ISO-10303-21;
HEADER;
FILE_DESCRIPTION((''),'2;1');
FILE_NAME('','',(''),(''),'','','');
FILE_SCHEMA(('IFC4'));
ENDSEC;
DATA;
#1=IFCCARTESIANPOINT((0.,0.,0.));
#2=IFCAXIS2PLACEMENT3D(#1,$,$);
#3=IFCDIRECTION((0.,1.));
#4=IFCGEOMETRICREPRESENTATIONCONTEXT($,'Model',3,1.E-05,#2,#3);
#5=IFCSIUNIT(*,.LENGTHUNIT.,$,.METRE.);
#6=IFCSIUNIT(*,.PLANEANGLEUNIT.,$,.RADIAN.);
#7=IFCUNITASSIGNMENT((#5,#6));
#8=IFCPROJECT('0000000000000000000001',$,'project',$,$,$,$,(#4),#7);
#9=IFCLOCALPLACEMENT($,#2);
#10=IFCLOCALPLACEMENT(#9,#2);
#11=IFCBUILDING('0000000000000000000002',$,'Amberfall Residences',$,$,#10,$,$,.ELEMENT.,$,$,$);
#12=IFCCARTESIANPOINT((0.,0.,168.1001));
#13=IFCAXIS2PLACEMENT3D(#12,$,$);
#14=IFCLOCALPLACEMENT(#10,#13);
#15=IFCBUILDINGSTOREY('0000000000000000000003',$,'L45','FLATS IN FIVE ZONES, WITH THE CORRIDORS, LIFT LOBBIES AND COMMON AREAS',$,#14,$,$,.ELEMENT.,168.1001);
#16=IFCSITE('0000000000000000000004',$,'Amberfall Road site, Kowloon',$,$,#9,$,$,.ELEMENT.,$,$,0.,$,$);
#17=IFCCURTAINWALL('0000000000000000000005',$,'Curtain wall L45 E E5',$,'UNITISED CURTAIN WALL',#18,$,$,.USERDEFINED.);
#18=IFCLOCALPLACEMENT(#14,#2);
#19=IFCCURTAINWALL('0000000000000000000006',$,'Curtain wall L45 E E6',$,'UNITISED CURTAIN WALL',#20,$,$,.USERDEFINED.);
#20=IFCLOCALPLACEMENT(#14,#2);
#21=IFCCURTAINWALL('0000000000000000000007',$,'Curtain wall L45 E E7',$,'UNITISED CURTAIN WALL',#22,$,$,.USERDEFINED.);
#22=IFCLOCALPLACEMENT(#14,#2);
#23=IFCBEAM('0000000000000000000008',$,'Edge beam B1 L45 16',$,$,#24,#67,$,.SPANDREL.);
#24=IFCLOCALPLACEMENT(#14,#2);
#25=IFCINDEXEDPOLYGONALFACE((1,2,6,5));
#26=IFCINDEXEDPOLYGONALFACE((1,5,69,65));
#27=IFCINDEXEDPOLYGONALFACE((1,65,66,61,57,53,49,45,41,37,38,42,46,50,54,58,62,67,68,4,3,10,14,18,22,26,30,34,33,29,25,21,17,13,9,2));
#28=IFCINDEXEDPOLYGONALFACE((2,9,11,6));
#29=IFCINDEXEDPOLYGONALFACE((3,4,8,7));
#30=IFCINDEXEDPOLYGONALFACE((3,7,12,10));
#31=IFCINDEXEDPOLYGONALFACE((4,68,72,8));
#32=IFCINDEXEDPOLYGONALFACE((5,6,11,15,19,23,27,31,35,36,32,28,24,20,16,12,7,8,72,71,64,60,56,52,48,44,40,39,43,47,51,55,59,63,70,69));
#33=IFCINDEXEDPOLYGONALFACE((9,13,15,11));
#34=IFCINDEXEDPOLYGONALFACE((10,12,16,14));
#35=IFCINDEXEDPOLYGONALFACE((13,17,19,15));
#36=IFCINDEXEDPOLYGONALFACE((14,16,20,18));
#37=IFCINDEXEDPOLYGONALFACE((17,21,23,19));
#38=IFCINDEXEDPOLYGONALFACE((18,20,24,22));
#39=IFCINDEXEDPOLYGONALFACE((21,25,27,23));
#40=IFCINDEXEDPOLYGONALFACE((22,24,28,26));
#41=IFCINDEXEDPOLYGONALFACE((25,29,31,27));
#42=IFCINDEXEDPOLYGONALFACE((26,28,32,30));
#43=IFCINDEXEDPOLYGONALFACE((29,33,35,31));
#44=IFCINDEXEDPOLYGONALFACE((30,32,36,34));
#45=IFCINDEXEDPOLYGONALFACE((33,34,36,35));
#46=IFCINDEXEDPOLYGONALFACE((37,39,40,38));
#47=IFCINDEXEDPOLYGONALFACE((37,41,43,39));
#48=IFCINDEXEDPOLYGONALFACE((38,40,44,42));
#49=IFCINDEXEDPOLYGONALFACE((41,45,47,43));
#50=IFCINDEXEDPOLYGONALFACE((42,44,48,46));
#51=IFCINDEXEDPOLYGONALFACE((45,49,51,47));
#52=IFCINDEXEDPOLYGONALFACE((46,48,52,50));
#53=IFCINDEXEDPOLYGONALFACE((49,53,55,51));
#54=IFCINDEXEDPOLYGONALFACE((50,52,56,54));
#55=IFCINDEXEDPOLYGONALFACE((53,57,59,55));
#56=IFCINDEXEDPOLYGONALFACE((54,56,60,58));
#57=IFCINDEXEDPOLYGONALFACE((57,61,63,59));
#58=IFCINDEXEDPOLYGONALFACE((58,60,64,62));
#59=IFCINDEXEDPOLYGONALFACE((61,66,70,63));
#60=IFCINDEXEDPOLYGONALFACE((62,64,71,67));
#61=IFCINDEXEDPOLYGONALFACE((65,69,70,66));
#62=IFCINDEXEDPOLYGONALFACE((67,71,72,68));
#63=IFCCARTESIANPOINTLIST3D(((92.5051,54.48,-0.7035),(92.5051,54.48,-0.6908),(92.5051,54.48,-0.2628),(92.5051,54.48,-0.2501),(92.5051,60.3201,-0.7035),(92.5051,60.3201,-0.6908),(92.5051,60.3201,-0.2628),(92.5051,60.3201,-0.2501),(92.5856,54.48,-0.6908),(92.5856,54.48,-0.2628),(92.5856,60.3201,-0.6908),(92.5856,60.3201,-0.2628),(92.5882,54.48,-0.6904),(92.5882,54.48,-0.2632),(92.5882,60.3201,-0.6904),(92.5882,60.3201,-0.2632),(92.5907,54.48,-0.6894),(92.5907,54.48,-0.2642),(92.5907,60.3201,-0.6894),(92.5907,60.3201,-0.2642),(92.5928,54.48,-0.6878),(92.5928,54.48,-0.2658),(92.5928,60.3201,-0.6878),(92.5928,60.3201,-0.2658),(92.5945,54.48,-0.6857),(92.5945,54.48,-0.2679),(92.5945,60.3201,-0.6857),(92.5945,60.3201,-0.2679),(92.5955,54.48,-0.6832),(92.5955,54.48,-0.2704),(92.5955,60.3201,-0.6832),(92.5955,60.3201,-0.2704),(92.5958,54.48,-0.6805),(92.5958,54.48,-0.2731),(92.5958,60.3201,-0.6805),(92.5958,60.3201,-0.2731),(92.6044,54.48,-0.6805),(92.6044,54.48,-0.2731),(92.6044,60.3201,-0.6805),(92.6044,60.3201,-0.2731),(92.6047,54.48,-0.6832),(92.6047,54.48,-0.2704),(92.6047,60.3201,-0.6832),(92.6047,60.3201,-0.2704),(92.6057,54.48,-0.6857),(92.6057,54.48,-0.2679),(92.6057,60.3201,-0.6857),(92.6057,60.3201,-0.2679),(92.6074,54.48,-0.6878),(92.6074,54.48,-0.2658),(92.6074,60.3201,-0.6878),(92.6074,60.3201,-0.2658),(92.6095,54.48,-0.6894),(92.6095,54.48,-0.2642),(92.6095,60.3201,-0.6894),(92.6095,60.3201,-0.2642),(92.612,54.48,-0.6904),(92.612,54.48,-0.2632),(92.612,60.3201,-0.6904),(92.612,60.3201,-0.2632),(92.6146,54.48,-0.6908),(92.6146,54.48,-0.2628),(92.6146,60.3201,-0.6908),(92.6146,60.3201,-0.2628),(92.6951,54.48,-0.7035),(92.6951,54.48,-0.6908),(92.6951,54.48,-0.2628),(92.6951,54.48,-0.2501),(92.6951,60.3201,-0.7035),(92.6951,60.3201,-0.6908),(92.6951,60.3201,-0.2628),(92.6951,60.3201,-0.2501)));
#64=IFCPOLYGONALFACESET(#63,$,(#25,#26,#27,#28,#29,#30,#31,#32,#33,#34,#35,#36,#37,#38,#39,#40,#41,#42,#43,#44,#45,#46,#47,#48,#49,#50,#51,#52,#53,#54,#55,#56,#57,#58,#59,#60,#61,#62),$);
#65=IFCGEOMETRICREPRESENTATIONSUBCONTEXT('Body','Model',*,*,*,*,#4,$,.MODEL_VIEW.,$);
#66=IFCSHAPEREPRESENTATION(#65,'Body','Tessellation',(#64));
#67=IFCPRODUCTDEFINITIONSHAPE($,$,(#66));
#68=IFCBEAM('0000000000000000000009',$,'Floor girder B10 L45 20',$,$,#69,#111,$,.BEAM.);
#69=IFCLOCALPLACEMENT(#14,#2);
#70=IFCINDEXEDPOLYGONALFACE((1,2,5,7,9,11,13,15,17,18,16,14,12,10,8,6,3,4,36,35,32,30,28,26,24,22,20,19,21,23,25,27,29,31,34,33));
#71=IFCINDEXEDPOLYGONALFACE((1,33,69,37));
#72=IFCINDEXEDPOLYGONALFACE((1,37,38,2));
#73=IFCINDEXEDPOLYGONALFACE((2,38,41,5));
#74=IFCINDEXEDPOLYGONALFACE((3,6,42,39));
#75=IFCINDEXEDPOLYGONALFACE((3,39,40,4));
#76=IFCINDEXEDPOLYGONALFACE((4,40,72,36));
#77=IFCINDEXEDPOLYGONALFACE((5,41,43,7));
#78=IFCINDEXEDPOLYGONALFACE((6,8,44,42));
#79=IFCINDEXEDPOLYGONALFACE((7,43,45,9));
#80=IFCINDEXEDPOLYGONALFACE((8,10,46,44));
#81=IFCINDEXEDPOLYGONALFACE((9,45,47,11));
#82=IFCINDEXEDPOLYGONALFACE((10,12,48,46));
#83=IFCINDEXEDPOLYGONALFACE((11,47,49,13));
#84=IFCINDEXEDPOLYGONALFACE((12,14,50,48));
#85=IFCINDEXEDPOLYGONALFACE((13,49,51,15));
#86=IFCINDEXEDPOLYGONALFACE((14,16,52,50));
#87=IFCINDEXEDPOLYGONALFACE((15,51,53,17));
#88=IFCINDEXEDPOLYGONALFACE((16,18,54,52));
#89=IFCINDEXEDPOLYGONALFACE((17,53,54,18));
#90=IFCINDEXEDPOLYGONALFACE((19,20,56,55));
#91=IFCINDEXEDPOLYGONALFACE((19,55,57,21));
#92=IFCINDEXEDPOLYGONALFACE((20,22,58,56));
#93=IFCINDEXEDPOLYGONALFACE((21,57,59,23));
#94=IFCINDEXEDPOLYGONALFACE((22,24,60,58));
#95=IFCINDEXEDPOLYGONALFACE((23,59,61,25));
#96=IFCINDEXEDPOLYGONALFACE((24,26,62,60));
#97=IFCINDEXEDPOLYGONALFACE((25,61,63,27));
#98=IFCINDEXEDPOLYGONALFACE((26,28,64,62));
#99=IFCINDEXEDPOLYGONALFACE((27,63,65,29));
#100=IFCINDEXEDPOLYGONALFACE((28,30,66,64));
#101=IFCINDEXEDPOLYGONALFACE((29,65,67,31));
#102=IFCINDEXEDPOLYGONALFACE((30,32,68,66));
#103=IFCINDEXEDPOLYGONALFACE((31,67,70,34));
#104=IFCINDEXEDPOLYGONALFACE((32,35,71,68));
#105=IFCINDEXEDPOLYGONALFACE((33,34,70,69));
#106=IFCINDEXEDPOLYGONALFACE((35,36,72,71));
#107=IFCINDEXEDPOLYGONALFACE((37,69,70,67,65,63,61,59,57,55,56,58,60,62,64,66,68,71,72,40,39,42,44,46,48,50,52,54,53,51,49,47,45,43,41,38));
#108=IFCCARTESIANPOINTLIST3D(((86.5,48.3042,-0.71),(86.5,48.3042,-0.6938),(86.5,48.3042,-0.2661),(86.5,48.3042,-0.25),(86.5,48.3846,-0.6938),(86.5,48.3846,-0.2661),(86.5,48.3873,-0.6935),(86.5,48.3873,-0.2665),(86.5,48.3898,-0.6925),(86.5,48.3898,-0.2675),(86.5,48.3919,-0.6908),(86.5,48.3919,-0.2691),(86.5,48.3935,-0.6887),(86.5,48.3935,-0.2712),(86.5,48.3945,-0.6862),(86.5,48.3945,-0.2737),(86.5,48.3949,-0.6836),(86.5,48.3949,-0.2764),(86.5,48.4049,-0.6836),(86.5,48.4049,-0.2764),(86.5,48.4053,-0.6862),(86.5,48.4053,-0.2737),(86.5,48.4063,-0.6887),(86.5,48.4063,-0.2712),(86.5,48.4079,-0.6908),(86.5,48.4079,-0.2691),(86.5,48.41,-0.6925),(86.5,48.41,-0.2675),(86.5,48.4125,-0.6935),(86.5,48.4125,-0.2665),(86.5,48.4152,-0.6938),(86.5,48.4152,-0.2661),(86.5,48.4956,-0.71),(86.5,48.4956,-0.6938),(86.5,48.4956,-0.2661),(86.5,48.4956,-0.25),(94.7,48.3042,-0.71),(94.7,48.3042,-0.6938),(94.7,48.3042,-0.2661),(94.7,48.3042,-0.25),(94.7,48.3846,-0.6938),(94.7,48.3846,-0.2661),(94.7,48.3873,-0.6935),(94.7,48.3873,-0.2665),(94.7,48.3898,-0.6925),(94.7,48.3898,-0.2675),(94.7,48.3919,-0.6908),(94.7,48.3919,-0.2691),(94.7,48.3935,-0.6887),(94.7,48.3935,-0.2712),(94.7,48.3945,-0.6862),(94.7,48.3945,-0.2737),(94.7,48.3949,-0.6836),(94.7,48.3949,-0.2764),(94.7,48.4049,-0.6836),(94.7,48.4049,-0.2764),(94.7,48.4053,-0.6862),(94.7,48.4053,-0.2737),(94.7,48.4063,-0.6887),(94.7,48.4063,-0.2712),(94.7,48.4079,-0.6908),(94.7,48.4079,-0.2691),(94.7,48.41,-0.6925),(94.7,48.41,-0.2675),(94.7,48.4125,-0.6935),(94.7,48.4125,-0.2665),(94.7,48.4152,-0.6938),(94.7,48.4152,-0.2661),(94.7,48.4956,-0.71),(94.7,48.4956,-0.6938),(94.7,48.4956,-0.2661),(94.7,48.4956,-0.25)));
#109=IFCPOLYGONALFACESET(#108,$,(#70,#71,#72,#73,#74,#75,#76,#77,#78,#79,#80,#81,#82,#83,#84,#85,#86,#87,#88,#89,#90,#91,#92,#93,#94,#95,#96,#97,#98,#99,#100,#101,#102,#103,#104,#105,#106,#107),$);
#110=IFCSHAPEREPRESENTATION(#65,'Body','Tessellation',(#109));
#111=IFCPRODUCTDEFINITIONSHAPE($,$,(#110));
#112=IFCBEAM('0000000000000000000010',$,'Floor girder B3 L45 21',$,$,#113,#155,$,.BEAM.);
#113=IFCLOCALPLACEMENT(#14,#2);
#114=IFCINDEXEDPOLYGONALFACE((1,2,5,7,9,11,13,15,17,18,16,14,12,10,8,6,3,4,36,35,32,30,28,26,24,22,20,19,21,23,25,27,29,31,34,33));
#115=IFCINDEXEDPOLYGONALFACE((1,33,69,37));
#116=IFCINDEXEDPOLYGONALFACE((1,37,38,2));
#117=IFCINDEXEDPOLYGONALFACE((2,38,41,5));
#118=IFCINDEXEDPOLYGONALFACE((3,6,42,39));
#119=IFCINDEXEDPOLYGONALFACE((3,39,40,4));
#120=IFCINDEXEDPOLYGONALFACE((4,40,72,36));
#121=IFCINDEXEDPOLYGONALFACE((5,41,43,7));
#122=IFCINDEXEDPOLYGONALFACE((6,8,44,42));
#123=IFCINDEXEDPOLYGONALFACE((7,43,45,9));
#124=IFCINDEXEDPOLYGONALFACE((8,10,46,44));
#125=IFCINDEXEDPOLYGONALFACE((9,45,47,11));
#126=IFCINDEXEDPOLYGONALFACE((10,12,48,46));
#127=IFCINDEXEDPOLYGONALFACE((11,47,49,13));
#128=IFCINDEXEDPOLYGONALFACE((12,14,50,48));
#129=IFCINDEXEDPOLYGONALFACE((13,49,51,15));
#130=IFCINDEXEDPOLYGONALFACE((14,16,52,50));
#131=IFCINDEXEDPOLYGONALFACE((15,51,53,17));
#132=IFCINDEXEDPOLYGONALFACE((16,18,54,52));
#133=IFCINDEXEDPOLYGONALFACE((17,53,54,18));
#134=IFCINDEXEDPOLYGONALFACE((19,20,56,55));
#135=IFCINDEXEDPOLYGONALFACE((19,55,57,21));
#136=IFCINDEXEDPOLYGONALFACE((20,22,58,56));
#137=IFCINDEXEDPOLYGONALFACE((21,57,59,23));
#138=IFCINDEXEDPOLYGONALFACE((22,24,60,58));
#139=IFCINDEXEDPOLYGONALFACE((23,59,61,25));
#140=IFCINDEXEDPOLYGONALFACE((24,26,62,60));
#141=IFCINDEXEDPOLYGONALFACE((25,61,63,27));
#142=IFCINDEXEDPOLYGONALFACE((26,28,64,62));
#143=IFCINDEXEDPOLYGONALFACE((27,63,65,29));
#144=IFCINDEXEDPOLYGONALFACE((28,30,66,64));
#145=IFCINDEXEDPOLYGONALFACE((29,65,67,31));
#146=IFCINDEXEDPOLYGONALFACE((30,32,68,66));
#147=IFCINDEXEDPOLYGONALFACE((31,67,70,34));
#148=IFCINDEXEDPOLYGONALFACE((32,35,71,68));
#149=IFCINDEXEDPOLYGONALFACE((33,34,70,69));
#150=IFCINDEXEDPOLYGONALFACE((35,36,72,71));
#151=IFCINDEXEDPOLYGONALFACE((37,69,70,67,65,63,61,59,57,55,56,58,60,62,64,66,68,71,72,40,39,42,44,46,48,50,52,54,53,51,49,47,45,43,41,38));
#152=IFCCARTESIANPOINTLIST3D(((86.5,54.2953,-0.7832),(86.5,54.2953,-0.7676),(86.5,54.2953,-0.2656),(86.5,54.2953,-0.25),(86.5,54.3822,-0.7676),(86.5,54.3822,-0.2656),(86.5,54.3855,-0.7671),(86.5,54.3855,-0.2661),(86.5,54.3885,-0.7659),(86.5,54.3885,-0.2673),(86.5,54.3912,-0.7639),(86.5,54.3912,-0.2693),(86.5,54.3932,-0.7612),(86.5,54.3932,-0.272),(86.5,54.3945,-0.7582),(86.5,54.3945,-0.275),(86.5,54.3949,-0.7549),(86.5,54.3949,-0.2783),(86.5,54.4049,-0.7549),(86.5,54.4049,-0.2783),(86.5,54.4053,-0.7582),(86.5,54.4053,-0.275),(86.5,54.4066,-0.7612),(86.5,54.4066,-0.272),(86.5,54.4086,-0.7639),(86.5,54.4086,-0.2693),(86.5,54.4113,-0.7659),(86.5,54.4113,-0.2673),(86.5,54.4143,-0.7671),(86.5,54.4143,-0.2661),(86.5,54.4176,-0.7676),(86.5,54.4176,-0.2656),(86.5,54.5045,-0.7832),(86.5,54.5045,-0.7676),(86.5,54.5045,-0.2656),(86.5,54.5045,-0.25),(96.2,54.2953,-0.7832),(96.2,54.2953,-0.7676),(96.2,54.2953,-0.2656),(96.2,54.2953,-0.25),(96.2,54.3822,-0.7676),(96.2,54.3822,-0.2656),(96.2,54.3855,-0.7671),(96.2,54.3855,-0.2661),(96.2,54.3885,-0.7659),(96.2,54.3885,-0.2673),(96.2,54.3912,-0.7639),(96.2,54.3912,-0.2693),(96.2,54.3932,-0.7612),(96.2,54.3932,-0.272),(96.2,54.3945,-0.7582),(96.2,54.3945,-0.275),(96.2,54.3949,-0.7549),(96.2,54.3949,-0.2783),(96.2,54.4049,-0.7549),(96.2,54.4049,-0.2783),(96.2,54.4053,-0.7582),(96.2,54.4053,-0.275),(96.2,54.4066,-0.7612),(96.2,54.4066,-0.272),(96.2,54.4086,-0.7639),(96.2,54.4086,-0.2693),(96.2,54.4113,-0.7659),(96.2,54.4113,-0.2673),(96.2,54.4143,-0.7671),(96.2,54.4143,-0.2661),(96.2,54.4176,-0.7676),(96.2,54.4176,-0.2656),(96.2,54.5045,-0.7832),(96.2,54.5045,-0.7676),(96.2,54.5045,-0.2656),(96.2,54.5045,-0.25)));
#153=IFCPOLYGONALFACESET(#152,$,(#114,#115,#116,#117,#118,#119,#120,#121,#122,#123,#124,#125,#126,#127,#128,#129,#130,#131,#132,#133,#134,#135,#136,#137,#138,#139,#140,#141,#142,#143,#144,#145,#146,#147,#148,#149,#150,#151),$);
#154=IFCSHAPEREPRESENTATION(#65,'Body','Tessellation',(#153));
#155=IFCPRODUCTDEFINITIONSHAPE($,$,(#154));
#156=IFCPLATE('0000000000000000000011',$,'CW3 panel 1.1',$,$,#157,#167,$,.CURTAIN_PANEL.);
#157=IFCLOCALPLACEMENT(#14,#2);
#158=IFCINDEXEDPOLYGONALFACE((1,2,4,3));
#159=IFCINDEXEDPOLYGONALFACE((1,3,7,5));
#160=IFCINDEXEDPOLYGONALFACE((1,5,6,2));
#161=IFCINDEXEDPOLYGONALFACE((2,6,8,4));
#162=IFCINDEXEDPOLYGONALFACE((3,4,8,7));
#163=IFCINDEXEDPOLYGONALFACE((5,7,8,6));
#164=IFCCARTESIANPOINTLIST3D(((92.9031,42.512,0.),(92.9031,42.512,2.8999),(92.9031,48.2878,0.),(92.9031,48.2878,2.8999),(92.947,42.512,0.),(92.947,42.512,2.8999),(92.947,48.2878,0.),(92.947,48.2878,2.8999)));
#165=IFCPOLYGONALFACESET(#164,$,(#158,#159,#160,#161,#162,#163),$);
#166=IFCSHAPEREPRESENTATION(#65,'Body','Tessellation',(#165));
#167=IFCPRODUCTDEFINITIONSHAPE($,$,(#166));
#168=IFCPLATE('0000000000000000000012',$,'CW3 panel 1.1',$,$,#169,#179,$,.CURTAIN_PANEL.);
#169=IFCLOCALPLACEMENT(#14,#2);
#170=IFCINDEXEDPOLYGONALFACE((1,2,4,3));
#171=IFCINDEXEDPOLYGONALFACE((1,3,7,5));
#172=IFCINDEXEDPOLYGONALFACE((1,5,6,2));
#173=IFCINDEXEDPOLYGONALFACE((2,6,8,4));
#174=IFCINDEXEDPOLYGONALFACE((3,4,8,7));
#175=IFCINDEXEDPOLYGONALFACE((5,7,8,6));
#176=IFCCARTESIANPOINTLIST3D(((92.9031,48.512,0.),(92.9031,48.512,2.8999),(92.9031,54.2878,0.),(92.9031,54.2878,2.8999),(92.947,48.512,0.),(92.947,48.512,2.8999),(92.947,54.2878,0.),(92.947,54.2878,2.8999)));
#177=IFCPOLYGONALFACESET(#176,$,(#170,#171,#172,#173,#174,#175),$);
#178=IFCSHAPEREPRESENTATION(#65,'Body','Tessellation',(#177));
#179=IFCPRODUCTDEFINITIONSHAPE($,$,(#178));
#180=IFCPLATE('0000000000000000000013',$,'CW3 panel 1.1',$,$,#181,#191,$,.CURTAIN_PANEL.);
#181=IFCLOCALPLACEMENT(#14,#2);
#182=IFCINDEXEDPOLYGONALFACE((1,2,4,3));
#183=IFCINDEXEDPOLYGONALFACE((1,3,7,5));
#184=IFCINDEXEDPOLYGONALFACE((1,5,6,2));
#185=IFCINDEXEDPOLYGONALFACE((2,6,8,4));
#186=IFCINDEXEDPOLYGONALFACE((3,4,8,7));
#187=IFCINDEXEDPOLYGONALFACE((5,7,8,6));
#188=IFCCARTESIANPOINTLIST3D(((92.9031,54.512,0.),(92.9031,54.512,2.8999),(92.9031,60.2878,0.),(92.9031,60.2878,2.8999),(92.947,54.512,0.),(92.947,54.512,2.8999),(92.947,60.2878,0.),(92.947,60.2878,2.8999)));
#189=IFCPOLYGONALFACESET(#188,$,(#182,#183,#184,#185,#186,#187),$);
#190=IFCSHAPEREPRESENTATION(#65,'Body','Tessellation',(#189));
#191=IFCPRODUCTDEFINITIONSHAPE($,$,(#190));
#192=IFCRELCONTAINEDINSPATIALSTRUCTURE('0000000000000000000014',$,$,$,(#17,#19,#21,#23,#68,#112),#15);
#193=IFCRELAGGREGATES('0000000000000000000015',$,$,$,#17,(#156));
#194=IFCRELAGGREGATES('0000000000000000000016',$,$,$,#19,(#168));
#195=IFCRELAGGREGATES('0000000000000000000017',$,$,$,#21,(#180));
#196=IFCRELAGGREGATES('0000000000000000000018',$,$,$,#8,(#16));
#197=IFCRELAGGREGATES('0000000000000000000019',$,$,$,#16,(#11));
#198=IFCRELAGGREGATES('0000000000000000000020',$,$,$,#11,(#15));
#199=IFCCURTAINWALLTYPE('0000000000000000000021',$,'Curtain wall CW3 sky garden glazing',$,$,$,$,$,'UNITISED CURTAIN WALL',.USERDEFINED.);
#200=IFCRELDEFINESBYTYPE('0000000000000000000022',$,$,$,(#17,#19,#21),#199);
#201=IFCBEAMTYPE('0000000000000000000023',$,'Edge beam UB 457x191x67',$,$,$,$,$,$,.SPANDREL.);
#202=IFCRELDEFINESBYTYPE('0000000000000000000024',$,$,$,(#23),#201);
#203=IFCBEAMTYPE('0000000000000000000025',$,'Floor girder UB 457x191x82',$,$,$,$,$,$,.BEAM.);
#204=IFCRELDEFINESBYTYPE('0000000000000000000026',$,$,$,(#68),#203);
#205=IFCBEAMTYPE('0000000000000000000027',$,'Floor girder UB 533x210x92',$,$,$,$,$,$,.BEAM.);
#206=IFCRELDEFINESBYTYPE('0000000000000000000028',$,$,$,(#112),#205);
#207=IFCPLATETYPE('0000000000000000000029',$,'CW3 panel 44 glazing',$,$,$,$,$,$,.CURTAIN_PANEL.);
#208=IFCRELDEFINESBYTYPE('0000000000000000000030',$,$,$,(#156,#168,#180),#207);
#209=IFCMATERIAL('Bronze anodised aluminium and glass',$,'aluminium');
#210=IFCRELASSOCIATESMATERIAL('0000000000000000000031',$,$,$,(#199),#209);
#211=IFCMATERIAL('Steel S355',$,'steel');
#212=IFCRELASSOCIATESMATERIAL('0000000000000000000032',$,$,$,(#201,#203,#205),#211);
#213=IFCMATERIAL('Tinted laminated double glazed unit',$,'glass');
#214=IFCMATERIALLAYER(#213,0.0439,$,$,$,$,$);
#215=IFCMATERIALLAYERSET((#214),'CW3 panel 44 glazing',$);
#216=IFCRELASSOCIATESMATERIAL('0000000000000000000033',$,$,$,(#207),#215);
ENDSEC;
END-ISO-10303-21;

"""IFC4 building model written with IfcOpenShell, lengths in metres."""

from ifc_helpers import new_model, si_unit, direction, frame, origin, origin_2d, place, context, subcontext, project, spatial, rectangle, i_section, extrude, material, layer, layer_set, material_profile, profile_set, type_object, element, aggregate, save


model = new_model("IFC4")

# Units and contexts
model_context = context("Model", 3, precision=1e-05, world=origin(), true_north=direction((0.0, 1.0)))
body_context = subcontext(model_context, "Body", "Model", "MODEL_VIEW")
ifc_project = project(units=[si_unit("LENGTHUNIT", "METRE"), si_unit("PLANEANGLEUNIT", "RADIAN")], contexts=[model_context])

# Site, building, storey
site_placement = place(None, origin())
site = spatial("IfcSite", under=ifc_project, at=site_placement, Name="Amberfall Road site, Kowloon", CompositionType="ELEMENT", RefElevation=0.0)
building_placement = place(site_placement, origin())
building = spatial("IfcBuilding", under=site, at=building_placement, Name="Amberfall Residences", CompositionType="ELEMENT")
storey_placement = place(building_placement, frame((0.0, 0.0, 168.1001)))
storey = spatial("IfcBuildingStorey", under=building, at=storey_placement, Name="L45", Description="FLATS IN FIVE ZONES, WITH THE CORRIDORS, LIFT LOBBIES AND COMMON AREAS", CompositionType="ELEMENT", Elevation=168.1001)

# Curtain wall
ifc_material_1 = material(Name="Bronze anodised aluminium and glass", Category="aluminium")
curtain_wall_type = type_object("IfcCurtainWallType", Name="Curtain wall CW3 sky garden glazing", ElementType="UNITISED CURTAIN WALL", PredefinedType="USERDEFINED", material=ifc_material_1)
curtain_wall_1_placement = place(storey_placement, origin())
curtain_wall_1 = element("IfcCurtainWall", 1, at=curtain_wall_1_placement, inside=storey, type_object=curtain_wall_type, Name="Curtain wall L45 E E5", ObjectType="UNITISED CURTAIN WALL", PredefinedType="USERDEFINED")

# Curtain wall
curtain_wall_2_placement = place(storey_placement, origin())
curtain_wall_2 = element("IfcCurtainWall", 2, at=curtain_wall_2_placement, inside=storey, type_object=curtain_wall_type, Name="Curtain wall L45 E E6", ObjectType="UNITISED CURTAIN WALL", PredefinedType="USERDEFINED")

# Curtain wall
curtain_wall_3_placement = place(storey_placement, origin())
curtain_wall_3 = element("IfcCurtainWall", 3, at=curtain_wall_3_placement, inside=storey, type_object=curtain_wall_type, Name="Curtain wall L45 E E7", ObjectType="UNITISED CURTAIN WALL", PredefinedType="USERDEFINED")

# Beams
ifc_material_2 = material(Name="Steel S355", Category="steel")
ifc_material_profile_1 = material_profile(ifc_material_2, i_section(OverallWidth=0.1899, OverallDepth=0.4534, WebThickness=0.0085, FlangeThickness=0.0127, FilletRadius=0.0103, at=origin_2d()), Name="UB 457x191x67")
ifc_profile_set_1 = profile_set([ifc_material_profile_1], Name="Steel S355")
beam_type_1 = type_object("IfcBeamType", Name="Edge beam UB 457x191x67", PredefinedType="SPANDREL", material=ifc_profile_set_1)
for number, where, z_axis, x_axis, name in (
    (4, (92.6001, 54.48, -0.4768), (0.0, 1.0, 0.0), (-1.0, 0.0, 0.0), "Edge beam B1 L45 16"),
):
    element("IfcBeam", number, at=place(storey_placement, frame(where, z_axis=z_axis, x_axis=x_axis)), inside=storey, type_object=beam_type_1, Name=name, PredefinedType="SPANDREL", context=body_context, shape_type="SweptSolid", body=[
        extrude(i_section(OverallWidth=0.1899, OverallDepth=0.4534, WebThickness=0.0085, FlangeThickness=0.0127, FilletRadius=0.0103, at=origin_2d()), origin(), (0.0, 0.0, 1.0), 5.8401),
    ])
ifc_material_profile_2 = material_profile(ifc_material_2, i_section(OverallWidth=0.1914, OverallDepth=0.46, WebThickness=0.01, FlangeThickness=0.0161, FilletRadius=0.0103, at=origin_2d()), Name="UB 457x191x82")
ifc_profile_set_2 = profile_set([ifc_material_profile_2], Name="Steel S355")
beam_type_2 = type_object("IfcBeamType", Name="Floor girder UB 457x191x82", PredefinedType="BEAM", material=ifc_profile_set_2)
beam_1_placement = place(storey_placement, frame((94.7, 48.3999, -0.48), z_axis=(-1.0, 0.0, 0.0), x_axis=(0.0, -1.0, 0.0)))
element("IfcBeam", 5, at=beam_1_placement, inside=storey, type_object=beam_type_2, Name="Floor girder B10 L45 20", PredefinedType="BEAM", context=body_context, shape_type="SweptSolid", body=[
    extrude(i_section(OverallWidth=0.1914, OverallDepth=0.46, WebThickness=0.01, FlangeThickness=0.0161, FilletRadius=0.0103, at=origin_2d()), origin(), (0.0, 0.0, 1.0), 8.2),
])
ifc_material_profile_3 = material_profile(ifc_material_2, i_section(OverallWidth=0.2092, OverallDepth=0.5332, WebThickness=0.01, FlangeThickness=0.0156, FilletRadius=0.0127, at=origin_2d()), Name="UB 533x210x92")
ifc_profile_set_3 = profile_set([ifc_material_profile_3], Name="Steel S355")
beam_type_3 = type_object("IfcBeamType", Name="Floor girder UB 533x210x92", PredefinedType="BEAM", material=ifc_profile_set_3)
beam_2_placement = place(storey_placement, frame((96.2, 54.3999, -0.5166), z_axis=(-1.0, 0.0, 0.0), x_axis=(0.0, -1.0, 0.0)))
element("IfcBeam", 6, at=beam_2_placement, inside=storey, type_object=beam_type_3, Name="Floor girder B3 L45 21", PredefinedType="BEAM", context=body_context, shape_type="SweptSolid", body=[
    extrude(i_section(OverallWidth=0.2092, OverallDepth=0.5332, WebThickness=0.01, FlangeThickness=0.0156, FilletRadius=0.0127, at=origin_2d()), origin(), (0.0, 0.0, 1.0), 9.7),
])

# Plates
ifc_material_3 = material(Name="Tinted laminated double glazed unit", Category="glass")
ifc_layer_1 = layer(ifc_material_3, 0.0439)
ifc_layer_set_1 = layer_set([ifc_layer_1], Name="CW3 panel 44 glazing")
plate_type = type_object("IfcPlateType", Name="CW3 panel 44 glazing", PredefinedType="CURTAIN_PANEL", material=ifc_layer_set_1)
plate_1_placement = place(storey_placement, frame((92.925, 45.3999, 0.0), z_axis=(0.0, 0.0, 1.0), x_axis=(0.0, 1.0, 0.0)))
plate_1 = element("IfcPlate", 7, at=plate_1_placement, type_object=plate_type, Name="CW3 panel 1.1", PredefinedType="CURTAIN_PANEL", context=body_context, shape_type="SweptSolid", body=[
    extrude(rectangle(XDim=5.7759, YDim=0.0439, at=origin_2d()), origin(), (0.0, 0.0, 1.0), 2.8999),
])
aggregate(curtain_wall_1, [plate_1])
plate_2_placement = place(storey_placement, frame((92.925, 51.3999, 0.0), z_axis=(0.0, 0.0, 1.0), x_axis=(0.0, 1.0, 0.0)))
plate_2 = element("IfcPlate", 8, at=plate_2_placement, type_object=plate_type, Name="CW3 panel 1.1", PredefinedType="CURTAIN_PANEL", context=body_context, shape_type="SweptSolid", body=[
    extrude(rectangle(XDim=5.7759, YDim=0.0439, at=origin_2d()), origin(), (0.0, 0.0, 1.0), 2.8999),
])
aggregate(curtain_wall_2, [plate_2])
plate_3_placement = place(storey_placement, frame((92.925, 57.3999, 0.0), z_axis=(0.0, 0.0, 1.0), x_axis=(0.0, 1.0, 0.0)))
plate_3 = element("IfcPlate", 9, at=plate_3_placement, type_object=plate_type, Name="CW3 panel 1.1", PredefinedType="CURTAIN_PANEL", context=body_context, shape_type="SweptSolid", body=[
    extrude(rectangle(XDim=5.7759, YDim=0.0439, at=origin_2d()), origin(), (0.0, 0.0, 1.0), 2.8999),
])
aggregate(curtain_wall_3, [plate_3])

save(model, "model.ifc")
